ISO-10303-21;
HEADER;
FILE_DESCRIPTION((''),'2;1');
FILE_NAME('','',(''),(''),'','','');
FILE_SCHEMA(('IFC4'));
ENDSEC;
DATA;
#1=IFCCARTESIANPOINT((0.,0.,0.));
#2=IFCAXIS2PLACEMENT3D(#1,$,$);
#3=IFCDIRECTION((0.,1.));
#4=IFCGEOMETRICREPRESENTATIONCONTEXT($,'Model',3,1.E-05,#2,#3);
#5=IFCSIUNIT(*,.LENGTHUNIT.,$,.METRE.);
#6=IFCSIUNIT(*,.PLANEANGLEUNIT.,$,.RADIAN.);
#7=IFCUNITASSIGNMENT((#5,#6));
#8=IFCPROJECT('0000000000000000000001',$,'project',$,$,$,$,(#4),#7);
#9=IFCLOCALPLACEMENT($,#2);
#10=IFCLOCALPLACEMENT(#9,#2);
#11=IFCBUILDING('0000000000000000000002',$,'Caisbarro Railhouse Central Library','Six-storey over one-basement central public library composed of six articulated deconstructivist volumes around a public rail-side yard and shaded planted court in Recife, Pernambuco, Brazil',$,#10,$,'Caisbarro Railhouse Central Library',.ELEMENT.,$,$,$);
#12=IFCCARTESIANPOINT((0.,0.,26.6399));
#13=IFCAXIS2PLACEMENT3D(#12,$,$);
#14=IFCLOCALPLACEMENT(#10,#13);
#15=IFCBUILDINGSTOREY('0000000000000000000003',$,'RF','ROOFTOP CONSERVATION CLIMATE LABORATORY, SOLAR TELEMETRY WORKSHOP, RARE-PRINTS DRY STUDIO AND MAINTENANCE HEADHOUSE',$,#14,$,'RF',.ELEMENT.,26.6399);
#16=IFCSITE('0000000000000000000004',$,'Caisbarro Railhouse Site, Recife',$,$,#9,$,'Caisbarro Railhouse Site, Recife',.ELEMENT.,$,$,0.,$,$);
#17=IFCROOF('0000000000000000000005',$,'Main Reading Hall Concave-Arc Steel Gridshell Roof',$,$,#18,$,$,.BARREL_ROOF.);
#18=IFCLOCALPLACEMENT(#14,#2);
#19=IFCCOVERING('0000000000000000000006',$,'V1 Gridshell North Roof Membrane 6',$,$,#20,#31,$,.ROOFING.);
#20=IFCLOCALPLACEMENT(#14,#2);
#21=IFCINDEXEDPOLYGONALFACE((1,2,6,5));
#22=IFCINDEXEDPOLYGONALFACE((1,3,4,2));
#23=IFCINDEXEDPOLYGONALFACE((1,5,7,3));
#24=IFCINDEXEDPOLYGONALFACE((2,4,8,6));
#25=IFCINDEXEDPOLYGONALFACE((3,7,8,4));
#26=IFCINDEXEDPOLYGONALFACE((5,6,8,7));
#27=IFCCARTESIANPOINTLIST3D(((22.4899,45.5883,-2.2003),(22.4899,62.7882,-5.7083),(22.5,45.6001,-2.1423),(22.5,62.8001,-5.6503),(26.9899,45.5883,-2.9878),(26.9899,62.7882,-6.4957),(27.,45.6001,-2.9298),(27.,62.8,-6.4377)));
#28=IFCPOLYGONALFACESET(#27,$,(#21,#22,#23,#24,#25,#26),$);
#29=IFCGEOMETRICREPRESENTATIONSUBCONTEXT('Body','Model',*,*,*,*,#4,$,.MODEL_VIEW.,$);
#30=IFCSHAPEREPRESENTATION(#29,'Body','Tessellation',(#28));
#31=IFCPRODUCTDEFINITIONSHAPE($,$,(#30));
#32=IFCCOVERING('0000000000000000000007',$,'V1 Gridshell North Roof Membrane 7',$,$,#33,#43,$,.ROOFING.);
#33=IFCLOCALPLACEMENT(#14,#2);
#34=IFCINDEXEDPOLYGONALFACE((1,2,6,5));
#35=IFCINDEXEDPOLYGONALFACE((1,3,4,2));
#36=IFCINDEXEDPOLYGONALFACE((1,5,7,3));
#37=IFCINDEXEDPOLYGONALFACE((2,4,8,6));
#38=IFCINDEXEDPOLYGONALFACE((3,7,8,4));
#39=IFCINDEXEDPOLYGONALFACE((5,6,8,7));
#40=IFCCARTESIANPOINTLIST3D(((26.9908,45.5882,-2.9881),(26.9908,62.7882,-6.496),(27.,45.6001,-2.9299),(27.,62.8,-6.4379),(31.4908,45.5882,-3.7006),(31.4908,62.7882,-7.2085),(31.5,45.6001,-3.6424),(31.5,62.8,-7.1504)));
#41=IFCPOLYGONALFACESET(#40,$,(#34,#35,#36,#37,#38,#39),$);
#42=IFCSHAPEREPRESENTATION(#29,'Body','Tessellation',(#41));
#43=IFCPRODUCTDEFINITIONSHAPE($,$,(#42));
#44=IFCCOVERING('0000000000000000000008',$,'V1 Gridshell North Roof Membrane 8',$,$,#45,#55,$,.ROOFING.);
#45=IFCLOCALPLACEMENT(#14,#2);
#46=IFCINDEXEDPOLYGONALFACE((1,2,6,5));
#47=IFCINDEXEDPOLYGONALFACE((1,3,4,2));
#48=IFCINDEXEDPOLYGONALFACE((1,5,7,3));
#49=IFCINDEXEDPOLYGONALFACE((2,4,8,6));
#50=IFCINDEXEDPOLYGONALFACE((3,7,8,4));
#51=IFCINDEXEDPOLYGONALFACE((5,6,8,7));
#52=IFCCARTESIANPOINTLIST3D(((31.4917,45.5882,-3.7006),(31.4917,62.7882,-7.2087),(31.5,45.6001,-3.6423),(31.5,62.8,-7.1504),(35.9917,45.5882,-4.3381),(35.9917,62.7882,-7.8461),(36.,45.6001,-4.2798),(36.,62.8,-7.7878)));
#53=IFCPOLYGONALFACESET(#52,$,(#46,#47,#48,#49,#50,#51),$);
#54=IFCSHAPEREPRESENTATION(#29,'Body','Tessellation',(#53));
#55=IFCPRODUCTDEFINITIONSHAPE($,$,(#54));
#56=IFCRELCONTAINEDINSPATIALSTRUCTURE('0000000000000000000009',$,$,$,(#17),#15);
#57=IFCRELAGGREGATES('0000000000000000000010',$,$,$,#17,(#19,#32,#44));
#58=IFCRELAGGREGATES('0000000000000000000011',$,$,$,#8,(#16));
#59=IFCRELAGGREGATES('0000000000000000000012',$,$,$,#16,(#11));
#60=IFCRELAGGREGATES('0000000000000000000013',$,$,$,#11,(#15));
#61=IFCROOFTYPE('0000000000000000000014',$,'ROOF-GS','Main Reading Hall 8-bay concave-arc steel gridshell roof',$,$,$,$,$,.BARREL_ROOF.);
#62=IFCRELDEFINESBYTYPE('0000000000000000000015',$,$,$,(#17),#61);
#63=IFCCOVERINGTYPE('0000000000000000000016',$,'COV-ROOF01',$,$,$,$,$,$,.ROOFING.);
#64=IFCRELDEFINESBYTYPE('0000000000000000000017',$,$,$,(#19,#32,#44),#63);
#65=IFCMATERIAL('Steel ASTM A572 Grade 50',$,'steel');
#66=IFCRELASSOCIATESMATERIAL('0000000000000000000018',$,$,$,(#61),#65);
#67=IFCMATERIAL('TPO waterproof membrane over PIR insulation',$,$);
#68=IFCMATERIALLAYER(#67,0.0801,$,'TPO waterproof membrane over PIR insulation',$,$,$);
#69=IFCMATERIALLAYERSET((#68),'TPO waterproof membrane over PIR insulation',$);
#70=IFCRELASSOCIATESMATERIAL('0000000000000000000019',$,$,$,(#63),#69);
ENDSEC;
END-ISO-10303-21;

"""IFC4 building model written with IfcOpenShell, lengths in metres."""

from ifc_helpers import new_model, si_unit, direction, frame, origin, place, context, subcontext, project, spatial, polyline, outline, extrude, material, layer, layer_set, type_object, element, aggregate, save


model = new_model("IFC4")

# Units and contexts
model_context = context("Model", 3, precision=1e-05, world=origin(), true_north=direction((0.0, 1.0)))
body_context = subcontext(model_context, "Body", "Model", "MODEL_VIEW")
ifc_project = project(units=[si_unit("LENGTHUNIT", "METRE"), si_unit("PLANEANGLEUNIT", "RADIAN")], contexts=[model_context])

# Site, building, storey
site_placement = place(None, origin())
site = spatial("IfcSite", under=ifc_project, at=site_placement, Name="Caisbarro Railhouse Site, Recife", LongName="Caisbarro Railhouse Site, Recife", CompositionType="ELEMENT", RefElevation=0.0)
building_placement = place(site_placement, origin())
building = spatial("IfcBuilding", under=site, at=building_placement, Name="Caisbarro Railhouse Central Library", Description="Six-storey over one-basement central public library composed of six articulated deconstructivist volumes around a public rail-side yard and shaded planted court in Recife, Pernambuco, Brazil", LongName="Caisbarro Railhouse Central Library", CompositionType="ELEMENT")
storey_placement = place(building_placement, frame((0.0, 0.0, 26.6399)))
storey = spatial("IfcBuildingStorey", under=building, at=storey_placement, Name="RF", Description="ROOFTOP CONSERVATION CLIMATE LABORATORY, SOLAR TELEMETRY WORKSHOP, RARE-PRINTS DRY STUDIO AND MAINTENANCE HEADHOUSE", LongName="RF", CompositionType="ELEMENT", Elevation=26.6399)

# Shared definitions
ifc_material_1 = material(Name="Steel ASTM A572 Grade 50", Category="steel")

# Roof, coverings
roof_type = type_object("IfcRoofType", Name="ROOF-GS", Description="Main Reading Hall 8-bay concave-arc steel gridshell roof", PredefinedType="BARREL_ROOF", material=ifc_material_1)
roof_placement = place(storey_placement, origin())
roof = element("IfcRoof", 1, at=roof_placement, inside=storey, type_object=roof_type, Name="Main Reading Hall Concave-Arc Steel Gridshell Roof", PredefinedType="BARREL_ROOF")
ifc_material_2 = material(Name="TPO waterproof membrane over PIR insulation")
ifc_layer_1 = layer(ifc_material_2, 0.0801, Name="TPO waterproof membrane over PIR insulation")
ifc_layer_set_1 = layer_set([ifc_layer_1], Name="TPO waterproof membrane over PIR insulation")
covering_type = type_object("IfcCoveringType", Name="COV-ROOF01", PredefinedType="ROOFING", material=ifc_layer_set_1)
covering_1_placement = place(storey_placement, frame((22.5, 45.6001, -2.1423), z_axis=(0.168999, 0.196962, 0.965736), x_axis=(0.985031, 0.000005, -0.172376)))
covering_1 = element("IfcCovering", 2, at=covering_1_placement, type_object=covering_type, Name="V1 Gridshell North Roof Membrane 6", PredefinedType="ROOFING", context=body_context, shape_type="SweptSolid", body=[
    extrude(outline(polyline([(0.0, 0.0), (4.5684, 0.0), (5.1732, 17.5436), (0.6048, 17.5436), (0.0, 0.0)])), origin(), (0.0, 0.0, -1.0), 0.0601),
])
covering_2_placement = place(storey_placement, frame((27.0, 45.6001, -2.9299), z_axis=(0.153311, 0.197474, 0.968246), x_axis=(0.987695, -0.000005, -0.156389)))
covering_2 = element("IfcCovering", 3, at=covering_2_placement, type_object=covering_type, Name="V1 Gridshell North Roof Membrane 7", PredefinedType="ROOFING", context=body_context, shape_type="SweptSolid", body=[
    extrude(outline(polyline([(0.0, 0.0), (4.556, 0.0), (5.1046, 17.5455), (0.5485, 17.5454), (0.0, 0.0)])), origin(), (0.0, 0.0, -1.0), 0.0601),
])
covering_3_placement = place(storey_placement, frame((31.5, 45.6001, -3.6423), z_axis=(0.13748, 0.197946, 0.970524), x_axis=(0.990115, 0.0, -0.140256)))
covering_3 = element("IfcCovering", 4, at=covering_3_placement, type_object=covering_type, Name="V1 Gridshell North Roof Membrane 8", PredefinedType="ROOFING", context=body_context, shape_type="SweptSolid", body=[
    extrude(outline(polyline([(0.0, 0.0), (4.5449, 0.0), (5.0369, 17.5472), (0.492, 17.5472), (0.0, 0.0)])), origin(), (0.0, 0.0, -1.0), 0.0601),
])
aggregate(roof, [covering_1, covering_2, covering_3])

save(model, "model.ifc")
